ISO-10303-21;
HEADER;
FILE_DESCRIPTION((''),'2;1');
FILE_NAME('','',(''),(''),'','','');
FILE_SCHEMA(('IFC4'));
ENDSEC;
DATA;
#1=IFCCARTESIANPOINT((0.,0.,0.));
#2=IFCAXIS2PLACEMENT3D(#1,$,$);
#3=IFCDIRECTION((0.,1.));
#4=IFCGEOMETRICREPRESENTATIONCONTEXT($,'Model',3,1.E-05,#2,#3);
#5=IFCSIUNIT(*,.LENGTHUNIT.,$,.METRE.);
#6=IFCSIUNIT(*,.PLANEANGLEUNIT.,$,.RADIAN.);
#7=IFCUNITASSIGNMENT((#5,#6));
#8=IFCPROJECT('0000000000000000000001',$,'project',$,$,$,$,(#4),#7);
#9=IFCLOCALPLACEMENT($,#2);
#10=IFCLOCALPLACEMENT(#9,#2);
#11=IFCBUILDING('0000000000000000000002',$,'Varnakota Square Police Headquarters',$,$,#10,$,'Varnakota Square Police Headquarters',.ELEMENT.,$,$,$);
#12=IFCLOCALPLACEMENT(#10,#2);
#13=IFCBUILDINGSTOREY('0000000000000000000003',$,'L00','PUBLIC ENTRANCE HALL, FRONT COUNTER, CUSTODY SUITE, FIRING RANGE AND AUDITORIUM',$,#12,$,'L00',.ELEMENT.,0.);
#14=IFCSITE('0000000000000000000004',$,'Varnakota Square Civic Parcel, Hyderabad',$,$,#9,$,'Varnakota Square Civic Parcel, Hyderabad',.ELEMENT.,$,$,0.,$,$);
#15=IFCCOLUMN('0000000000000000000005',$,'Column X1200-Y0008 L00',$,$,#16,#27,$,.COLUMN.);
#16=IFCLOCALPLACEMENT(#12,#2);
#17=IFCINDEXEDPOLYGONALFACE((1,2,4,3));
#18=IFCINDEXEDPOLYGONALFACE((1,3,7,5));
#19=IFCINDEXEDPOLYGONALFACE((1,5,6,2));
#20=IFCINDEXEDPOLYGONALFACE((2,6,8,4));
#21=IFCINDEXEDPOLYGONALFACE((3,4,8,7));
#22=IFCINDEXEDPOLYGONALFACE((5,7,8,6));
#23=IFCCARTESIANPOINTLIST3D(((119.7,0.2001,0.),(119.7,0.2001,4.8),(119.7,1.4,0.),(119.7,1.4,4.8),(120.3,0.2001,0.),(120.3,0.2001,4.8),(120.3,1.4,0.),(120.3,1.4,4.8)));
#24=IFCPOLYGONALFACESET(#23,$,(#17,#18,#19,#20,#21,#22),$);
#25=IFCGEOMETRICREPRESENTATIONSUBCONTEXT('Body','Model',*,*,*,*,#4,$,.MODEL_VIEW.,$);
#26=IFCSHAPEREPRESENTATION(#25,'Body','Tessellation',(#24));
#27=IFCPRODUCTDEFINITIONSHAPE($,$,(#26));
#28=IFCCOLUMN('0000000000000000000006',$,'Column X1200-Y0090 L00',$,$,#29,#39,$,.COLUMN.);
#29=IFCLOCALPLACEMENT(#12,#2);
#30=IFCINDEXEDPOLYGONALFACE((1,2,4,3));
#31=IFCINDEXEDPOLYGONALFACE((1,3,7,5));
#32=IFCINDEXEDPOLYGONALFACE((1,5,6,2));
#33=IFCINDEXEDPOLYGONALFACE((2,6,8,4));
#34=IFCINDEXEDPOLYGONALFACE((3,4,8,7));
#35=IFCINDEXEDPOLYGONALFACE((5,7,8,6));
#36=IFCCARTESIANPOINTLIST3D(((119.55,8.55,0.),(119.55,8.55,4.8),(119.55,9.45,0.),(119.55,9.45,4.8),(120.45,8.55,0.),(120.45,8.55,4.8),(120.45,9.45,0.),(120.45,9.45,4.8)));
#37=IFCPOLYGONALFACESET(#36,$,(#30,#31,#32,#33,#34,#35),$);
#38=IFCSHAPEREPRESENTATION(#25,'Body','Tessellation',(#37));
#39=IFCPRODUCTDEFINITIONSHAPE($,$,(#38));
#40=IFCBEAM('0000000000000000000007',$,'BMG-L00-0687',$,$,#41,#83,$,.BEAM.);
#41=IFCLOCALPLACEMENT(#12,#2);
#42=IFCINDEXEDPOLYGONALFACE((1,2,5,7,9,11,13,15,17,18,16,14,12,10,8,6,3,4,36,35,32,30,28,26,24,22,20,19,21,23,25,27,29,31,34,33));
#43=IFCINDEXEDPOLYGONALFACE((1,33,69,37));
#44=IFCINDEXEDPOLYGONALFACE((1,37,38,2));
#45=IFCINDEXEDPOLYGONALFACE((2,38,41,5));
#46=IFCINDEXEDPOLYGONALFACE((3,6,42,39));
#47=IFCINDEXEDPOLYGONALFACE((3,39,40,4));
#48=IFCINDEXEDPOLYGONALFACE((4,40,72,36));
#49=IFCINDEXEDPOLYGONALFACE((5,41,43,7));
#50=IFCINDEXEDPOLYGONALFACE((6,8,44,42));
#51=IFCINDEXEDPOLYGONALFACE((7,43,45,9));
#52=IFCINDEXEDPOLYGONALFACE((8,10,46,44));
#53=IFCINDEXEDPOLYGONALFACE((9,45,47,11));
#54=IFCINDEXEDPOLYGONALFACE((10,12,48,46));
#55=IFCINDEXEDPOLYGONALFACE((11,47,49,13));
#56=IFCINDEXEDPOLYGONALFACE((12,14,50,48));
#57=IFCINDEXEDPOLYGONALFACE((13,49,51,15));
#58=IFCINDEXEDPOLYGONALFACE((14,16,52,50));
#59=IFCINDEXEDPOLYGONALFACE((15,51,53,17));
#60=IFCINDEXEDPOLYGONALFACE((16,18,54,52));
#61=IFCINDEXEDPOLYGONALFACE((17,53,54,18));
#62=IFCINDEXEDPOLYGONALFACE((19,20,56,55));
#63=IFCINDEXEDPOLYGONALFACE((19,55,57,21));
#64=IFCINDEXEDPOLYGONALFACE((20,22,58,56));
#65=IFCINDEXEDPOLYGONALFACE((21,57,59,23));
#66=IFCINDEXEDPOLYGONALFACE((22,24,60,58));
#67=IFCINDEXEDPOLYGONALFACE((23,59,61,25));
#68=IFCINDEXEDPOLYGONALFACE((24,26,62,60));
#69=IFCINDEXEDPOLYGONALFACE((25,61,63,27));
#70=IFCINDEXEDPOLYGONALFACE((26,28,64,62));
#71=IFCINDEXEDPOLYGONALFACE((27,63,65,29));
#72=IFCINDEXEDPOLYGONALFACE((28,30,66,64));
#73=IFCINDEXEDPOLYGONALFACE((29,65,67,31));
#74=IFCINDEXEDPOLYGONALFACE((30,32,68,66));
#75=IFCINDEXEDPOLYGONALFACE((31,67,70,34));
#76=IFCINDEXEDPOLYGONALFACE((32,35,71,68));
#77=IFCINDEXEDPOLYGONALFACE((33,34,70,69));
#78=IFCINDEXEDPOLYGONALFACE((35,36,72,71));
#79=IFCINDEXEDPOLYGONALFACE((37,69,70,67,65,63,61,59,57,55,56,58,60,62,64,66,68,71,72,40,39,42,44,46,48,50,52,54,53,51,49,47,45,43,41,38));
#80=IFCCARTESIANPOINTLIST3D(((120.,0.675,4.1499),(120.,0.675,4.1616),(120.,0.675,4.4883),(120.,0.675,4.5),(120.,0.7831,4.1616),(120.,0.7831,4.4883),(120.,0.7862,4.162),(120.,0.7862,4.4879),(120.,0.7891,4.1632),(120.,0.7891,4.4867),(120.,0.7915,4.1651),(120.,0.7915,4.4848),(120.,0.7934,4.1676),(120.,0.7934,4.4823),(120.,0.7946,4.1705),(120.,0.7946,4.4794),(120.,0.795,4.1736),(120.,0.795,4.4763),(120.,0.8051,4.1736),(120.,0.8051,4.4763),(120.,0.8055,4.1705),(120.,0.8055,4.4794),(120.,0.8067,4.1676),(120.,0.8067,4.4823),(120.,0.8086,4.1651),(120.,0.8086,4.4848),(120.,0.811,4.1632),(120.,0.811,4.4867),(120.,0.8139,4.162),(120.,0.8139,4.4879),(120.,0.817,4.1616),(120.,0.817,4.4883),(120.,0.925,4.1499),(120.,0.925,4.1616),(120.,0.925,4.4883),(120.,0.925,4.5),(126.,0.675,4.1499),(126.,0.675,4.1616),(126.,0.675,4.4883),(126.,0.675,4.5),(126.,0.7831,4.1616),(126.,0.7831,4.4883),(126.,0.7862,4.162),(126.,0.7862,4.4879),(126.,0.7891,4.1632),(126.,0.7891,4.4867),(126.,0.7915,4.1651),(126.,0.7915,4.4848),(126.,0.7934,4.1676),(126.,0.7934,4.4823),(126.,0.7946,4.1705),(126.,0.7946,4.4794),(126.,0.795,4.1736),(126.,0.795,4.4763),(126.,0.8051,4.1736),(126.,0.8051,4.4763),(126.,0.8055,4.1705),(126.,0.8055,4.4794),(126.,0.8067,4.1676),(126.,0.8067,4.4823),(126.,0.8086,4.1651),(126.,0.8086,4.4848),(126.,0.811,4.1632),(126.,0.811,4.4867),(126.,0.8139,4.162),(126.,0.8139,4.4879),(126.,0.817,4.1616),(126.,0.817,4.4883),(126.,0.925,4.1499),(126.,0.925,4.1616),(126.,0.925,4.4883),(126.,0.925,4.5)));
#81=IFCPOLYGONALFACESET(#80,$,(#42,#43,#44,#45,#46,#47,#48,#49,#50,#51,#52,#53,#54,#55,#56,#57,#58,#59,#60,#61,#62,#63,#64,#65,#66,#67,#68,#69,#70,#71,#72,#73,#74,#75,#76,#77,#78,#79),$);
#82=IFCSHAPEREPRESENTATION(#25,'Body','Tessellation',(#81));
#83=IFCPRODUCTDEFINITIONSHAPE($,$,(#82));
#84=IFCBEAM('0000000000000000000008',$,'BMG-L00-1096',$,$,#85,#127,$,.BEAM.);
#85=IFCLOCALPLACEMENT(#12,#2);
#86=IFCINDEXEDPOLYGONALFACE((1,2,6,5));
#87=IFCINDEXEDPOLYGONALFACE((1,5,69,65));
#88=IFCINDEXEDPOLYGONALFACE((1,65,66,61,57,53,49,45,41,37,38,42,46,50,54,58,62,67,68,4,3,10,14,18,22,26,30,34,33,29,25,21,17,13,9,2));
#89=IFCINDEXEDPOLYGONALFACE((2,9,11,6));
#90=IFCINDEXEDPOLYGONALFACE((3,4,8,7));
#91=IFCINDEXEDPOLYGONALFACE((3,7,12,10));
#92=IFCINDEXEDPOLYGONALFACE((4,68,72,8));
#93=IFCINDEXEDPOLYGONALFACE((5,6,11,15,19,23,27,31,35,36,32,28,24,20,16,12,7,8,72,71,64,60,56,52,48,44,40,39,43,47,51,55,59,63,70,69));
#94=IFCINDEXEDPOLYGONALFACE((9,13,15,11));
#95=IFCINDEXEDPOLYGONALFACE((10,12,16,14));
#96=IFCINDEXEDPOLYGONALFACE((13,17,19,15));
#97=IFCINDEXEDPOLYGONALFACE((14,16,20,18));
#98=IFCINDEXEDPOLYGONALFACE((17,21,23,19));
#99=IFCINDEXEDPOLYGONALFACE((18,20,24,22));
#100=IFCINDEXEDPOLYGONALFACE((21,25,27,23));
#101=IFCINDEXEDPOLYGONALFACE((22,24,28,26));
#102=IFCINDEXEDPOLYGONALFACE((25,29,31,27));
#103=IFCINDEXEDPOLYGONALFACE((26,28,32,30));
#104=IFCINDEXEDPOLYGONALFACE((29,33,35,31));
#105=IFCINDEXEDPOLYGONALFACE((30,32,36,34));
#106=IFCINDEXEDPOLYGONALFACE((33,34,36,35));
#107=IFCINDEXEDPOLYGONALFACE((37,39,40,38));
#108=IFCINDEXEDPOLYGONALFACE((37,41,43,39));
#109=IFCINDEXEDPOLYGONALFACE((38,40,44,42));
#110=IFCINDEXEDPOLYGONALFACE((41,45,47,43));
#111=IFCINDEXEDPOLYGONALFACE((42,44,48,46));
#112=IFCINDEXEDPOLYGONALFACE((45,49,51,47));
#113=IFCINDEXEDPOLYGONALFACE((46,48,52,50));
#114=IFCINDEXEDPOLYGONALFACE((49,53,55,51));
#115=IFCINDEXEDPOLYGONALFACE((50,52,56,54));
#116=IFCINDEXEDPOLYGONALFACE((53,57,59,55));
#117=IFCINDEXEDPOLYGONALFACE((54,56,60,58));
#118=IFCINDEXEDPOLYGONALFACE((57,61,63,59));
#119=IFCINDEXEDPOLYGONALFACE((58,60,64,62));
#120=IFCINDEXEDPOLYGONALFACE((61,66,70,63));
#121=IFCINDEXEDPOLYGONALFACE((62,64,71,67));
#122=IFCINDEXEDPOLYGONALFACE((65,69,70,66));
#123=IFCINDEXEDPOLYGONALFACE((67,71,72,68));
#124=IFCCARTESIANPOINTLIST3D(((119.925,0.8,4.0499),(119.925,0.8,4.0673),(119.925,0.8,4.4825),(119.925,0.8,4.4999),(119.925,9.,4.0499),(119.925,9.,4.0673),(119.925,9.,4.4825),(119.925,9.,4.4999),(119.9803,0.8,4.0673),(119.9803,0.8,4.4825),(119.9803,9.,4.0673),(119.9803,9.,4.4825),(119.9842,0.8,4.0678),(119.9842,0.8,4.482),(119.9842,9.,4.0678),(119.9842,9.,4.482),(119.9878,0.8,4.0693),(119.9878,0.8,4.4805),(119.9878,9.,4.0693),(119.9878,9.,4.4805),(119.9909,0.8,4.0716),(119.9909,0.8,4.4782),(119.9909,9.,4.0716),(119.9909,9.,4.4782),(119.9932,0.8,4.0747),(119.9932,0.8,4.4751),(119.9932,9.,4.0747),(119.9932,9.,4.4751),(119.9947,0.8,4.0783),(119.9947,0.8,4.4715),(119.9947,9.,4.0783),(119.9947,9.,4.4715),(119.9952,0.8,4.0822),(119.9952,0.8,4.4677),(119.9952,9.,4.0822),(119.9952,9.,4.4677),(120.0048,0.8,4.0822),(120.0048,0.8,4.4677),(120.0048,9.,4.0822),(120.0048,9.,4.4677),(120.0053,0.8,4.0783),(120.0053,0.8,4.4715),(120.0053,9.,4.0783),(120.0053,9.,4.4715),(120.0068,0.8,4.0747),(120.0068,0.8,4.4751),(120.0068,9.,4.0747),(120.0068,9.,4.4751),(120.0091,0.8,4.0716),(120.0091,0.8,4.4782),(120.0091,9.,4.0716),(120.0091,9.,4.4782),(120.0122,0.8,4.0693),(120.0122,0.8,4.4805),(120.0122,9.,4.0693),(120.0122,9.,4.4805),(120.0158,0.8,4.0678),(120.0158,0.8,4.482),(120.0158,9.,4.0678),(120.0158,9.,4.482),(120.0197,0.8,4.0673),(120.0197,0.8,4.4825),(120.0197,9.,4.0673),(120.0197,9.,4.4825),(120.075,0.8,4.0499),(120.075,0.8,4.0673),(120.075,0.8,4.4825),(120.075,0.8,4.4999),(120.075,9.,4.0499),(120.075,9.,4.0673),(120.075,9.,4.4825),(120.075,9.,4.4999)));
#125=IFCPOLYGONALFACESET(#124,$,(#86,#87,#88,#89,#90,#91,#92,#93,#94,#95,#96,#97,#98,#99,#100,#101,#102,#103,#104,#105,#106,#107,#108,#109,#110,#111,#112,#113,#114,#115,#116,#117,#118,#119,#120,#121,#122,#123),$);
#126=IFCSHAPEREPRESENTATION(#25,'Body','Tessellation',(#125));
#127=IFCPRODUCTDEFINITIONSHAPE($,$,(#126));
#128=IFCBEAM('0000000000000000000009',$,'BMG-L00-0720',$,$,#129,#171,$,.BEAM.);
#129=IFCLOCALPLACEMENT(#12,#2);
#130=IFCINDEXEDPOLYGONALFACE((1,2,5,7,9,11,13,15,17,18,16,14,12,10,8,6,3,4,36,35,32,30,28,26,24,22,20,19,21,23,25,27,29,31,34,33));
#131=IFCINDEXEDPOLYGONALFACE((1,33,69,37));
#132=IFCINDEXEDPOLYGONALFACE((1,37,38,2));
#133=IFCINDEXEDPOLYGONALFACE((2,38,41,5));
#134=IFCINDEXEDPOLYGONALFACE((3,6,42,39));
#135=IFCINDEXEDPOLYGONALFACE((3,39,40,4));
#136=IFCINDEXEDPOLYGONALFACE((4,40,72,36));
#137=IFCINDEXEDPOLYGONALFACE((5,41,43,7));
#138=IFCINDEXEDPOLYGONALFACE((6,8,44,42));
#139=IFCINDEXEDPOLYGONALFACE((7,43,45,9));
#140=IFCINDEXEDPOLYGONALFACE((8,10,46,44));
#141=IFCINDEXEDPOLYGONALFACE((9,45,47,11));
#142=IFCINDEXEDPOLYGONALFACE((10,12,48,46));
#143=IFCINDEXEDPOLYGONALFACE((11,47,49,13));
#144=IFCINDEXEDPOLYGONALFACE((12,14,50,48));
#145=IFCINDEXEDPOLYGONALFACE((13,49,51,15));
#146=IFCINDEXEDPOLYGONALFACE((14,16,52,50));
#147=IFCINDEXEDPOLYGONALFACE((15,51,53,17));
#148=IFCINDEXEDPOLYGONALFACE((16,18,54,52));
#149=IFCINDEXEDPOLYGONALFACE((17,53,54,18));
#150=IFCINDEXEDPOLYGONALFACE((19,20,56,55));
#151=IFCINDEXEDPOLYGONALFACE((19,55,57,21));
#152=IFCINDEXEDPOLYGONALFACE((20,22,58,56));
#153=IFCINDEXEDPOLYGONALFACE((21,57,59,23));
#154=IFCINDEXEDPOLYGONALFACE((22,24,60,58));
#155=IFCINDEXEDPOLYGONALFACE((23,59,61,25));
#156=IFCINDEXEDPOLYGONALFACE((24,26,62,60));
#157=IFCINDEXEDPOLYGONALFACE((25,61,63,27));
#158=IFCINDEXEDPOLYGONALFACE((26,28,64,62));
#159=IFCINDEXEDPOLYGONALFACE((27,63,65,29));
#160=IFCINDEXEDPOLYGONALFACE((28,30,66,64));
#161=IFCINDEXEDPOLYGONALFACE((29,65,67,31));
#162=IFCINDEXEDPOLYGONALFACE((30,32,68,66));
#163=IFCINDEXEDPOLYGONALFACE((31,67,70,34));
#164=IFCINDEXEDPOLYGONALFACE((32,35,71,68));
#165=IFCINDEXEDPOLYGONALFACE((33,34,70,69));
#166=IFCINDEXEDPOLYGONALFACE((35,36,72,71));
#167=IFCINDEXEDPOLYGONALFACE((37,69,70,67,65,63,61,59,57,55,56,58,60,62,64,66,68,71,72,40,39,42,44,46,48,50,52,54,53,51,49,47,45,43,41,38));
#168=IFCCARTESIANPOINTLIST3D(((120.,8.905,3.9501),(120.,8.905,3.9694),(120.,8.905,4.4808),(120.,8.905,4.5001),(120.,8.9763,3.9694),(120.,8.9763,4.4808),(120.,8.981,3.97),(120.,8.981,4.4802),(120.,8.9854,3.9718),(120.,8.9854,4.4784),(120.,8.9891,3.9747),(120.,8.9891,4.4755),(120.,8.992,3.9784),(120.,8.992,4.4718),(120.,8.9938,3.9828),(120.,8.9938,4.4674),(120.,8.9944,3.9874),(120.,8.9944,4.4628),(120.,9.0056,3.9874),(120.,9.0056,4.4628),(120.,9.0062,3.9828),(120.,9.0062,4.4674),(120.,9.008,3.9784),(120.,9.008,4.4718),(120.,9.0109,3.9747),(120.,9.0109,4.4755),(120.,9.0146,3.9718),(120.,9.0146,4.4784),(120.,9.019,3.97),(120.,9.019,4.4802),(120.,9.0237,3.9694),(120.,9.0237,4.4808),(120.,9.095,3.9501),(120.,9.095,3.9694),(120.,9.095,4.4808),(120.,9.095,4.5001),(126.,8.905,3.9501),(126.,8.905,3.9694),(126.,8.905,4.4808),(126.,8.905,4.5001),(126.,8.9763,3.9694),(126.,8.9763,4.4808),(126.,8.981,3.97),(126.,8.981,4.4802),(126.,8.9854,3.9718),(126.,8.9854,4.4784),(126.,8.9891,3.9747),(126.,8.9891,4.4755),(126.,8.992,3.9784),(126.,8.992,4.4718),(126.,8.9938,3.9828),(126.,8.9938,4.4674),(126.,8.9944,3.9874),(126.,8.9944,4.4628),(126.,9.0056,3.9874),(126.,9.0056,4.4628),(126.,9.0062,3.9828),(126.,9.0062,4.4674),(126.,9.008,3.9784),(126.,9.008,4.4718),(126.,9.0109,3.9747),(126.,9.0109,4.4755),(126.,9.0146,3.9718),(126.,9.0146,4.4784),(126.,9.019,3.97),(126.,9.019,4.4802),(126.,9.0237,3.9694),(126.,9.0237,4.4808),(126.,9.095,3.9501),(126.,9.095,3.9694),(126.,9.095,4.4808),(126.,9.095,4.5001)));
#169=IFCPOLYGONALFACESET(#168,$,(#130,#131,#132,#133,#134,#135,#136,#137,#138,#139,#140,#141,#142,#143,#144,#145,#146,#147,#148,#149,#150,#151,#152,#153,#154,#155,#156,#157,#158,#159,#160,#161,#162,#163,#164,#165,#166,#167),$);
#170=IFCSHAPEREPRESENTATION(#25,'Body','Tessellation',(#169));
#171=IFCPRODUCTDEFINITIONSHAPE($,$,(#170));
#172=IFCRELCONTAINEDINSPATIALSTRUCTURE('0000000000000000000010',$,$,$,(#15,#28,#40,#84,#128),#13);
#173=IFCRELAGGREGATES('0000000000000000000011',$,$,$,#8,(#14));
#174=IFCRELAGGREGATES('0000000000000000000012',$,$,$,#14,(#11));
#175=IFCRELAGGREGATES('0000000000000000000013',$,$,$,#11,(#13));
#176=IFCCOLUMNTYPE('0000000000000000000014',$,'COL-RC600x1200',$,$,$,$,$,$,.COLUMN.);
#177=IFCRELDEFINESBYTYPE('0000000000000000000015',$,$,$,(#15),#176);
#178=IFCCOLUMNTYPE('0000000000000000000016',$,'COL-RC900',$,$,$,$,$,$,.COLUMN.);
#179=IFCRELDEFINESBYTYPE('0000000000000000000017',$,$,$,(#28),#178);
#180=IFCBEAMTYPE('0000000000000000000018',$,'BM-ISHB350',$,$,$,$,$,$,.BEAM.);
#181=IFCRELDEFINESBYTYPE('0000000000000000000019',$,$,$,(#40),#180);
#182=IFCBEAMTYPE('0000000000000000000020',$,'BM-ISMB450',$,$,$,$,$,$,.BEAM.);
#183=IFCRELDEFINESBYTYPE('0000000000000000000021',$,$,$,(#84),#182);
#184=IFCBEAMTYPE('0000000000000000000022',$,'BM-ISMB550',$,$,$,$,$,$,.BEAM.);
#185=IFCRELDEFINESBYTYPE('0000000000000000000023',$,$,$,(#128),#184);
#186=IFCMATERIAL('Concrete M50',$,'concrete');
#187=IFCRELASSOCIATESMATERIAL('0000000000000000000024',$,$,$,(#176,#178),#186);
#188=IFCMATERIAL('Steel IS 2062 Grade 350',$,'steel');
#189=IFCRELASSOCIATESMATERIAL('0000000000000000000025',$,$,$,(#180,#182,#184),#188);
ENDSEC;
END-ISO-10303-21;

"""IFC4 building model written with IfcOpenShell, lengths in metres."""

from ifc_helpers import new_model, si_unit, direction, frame, origin, origin_2d, place, context, subcontext, project, spatial, rectangle, i_section, extrude, material, material_profile, profile_set, type_object, element, save


model = new_model("IFC4")

# Units and contexts
model_context = context("Model", 3, precision=1e-05, world=origin(), true_north=direction((0.0, 1.0)))
body_context = subcontext(model_context, "Body", "Model", "MODEL_VIEW")
ifc_project = project(units=[si_unit("LENGTHUNIT", "METRE"), si_unit("PLANEANGLEUNIT", "RADIAN")], contexts=[model_context])

# Site, building, storey
site_placement = place(None, origin())
site = spatial("IfcSite", under=ifc_project, at=site_placement, Name="Varnakota Square Civic Parcel, Hyderabad", LongName="Varnakota Square Civic Parcel, Hyderabad", CompositionType="ELEMENT", RefElevation=0.0)
building_placement = place(site_placement, origin())
building = spatial("IfcBuilding", under=site, at=building_placement, Name="Varnakota Square Police Headquarters", LongName="Varnakota Square Police Headquarters", CompositionType="ELEMENT")
storey_placement = place(building_placement, origin())
storey = spatial("IfcBuildingStorey", under=building, at=storey_placement, Name="L00", Description="PUBLIC ENTRANCE HALL, FRONT COUNTER, CUSTODY SUITE, FIRING RANGE AND AUDITORIUM", LongName="L00", CompositionType="ELEMENT", Elevation=0.0)

# Columns
ifc_material_1 = material(Name="Concrete M50", Category="concrete")
ifc_material_profile_1 = material_profile(ifc_material_1, rectangle(XDim=0.6001, YDim=1.2, at=origin_2d()), Name="RC 600x1200")
ifc_profile_set_1 = profile_set([ifc_material_profile_1], Name="Concrete M50")
column_type_1 = type_object("IfcColumnType", Name="COL-RC600x1200", PredefinedType="COLUMN", material=ifc_profile_set_1)
column_1_placement = place(storey_placement, frame((120.0, 0.8, 0.0), z_axis=(0.0, 0.0, 1.0), x_axis=(1.0, 0.0, 0.0)))
element("IfcColumn", 1, at=column_1_placement, inside=storey, type_object=column_type_1, Name="Column X1200-Y0008 L00", PredefinedType="COLUMN", context=body_context, shape_type="SweptSolid", body=[
    extrude(rectangle(XDim=0.6001, YDim=1.2, at=origin_2d()), origin(), (0.0, 0.0, 1.0), 4.8),
])
ifc_material_profile_2 = material_profile(ifc_material_1, rectangle(XDim=0.8999, YDim=0.8999, at=origin_2d()), Name="RC 900x900")
ifc_profile_set_2 = profile_set([ifc_material_profile_2], Name="Concrete M50")
column_type_2 = type_object("IfcColumnType", Name="COL-RC900", PredefinedType="COLUMN", material=ifc_profile_set_2)
column_2_placement = place(storey_placement, frame((120.0, 9.0, 0.0), z_axis=(0.0, 0.0, 1.0), x_axis=(1.0, 0.0, 0.0)))
element("IfcColumn", 2, at=column_2_placement, inside=storey, type_object=column_type_2, Name="Column X1200-Y0090 L00", PredefinedType="COLUMN", context=body_context, shape_type="SweptSolid", body=[
    extrude(rectangle(XDim=0.8999, YDim=0.8999, at=origin_2d()), origin(), (0.0, 0.0, 1.0), 4.8),
])

# Beams
ifc_material_2 = material(Name="Steel IS 2062 Grade 350", Category="steel")
ifc_material_profile_3 = material_profile(ifc_material_2, i_section(OverallWidth=0.25, OverallDepth=0.3501, WebThickness=0.01, FlangeThickness=0.0117, FilletRadius=0.012, at=origin_2d()), Name="ISHB 350")
ifc_profile_set_3 = profile_set([ifc_material_profile_3], Name="Steel IS 2062 Grade 350")
beam_type_1 = type_object("IfcBeamType", Name="BM-ISHB350", PredefinedType="BEAM", material=ifc_profile_set_3)
beam_1_placement = place(storey_placement, frame((120.0, 0.8, 4.325), z_axis=(1.0, 0.0, 0.0), x_axis=(0.0, 1.0, 0.0)))
element("IfcBeam", 3, at=beam_1_placement, inside=storey, type_object=beam_type_1, Name="BMG-L00-0687", PredefinedType="BEAM", context=body_context, shape_type="SweptSolid", body=[
    extrude(i_section(OverallWidth=0.25, OverallDepth=0.3501, WebThickness=0.01, FlangeThickness=0.0117, FilletRadius=0.012, at=origin_2d()), origin(), (0.0, 0.0, 1.0), 6.0),
])
ifc_material_profile_4 = material_profile(ifc_material_2, i_section(OverallWidth=0.1499, OverallDepth=0.45, WebThickness=0.0095, FlangeThickness=0.0173, FilletRadius=0.0149, at=origin_2d()), Name="ISMB 450")
ifc_profile_set_4 = profile_set([ifc_material_profile_4], Name="Steel IS 2062 Grade 350")
beam_type_2 = type_object("IfcBeamType", Name="BM-ISMB450", PredefinedType="BEAM", material=ifc_profile_set_4)
beam_2_placement = place(storey_placement, frame((120.0, 0.8, 4.2749), z_axis=(0.0, 1.0, 0.0), x_axis=(-1.0, 0.0, 0.0)))
element("IfcBeam", 4, at=beam_2_placement, inside=storey, type_object=beam_type_2, Name="BMG-L00-1096", PredefinedType="BEAM", context=body_context, shape_type="SweptSolid", body=[
    extrude(i_section(OverallWidth=0.1499, OverallDepth=0.45, WebThickness=0.0095, FlangeThickness=0.0173, FilletRadius=0.0149, at=origin_2d()), origin(), (0.0, 0.0, 1.0), 8.2),
])
ifc_material_profile_5 = material_profile(ifc_material_2, i_section(OverallWidth=0.1899, OverallDepth=0.55, WebThickness=0.0112, FlangeThickness=0.0193, FilletRadius=0.0181, at=origin_2d()), Name="ISMB 550")
ifc_profile_set_5 = profile_set([ifc_material_profile_5], Name="Steel IS 2062 Grade 350")
beam_type_3 = type_object("IfcBeamType", Name="BM-ISMB550", PredefinedType="BEAM", material=ifc_profile_set_5)
beam_3_placement = place(storey_placement, frame((120.0, 9.0, 4.2251), z_axis=(1.0, 0.0, 0.0), x_axis=(0.0, 1.0, 0.0)))
element("IfcBeam", 5, at=beam_3_placement, inside=storey, type_object=beam_type_3, Name="BMG-L00-0720", PredefinedType="BEAM", context=body_context, shape_type="SweptSolid", body=[
    extrude(i_section(OverallWidth=0.1899, OverallDepth=0.55, WebThickness=0.0112, FlangeThickness=0.0193, FilletRadius=0.0181, at=origin_2d()), origin(), (0.0, 0.0, 1.0), 6.0),
])

save(model, "model.ifc")
